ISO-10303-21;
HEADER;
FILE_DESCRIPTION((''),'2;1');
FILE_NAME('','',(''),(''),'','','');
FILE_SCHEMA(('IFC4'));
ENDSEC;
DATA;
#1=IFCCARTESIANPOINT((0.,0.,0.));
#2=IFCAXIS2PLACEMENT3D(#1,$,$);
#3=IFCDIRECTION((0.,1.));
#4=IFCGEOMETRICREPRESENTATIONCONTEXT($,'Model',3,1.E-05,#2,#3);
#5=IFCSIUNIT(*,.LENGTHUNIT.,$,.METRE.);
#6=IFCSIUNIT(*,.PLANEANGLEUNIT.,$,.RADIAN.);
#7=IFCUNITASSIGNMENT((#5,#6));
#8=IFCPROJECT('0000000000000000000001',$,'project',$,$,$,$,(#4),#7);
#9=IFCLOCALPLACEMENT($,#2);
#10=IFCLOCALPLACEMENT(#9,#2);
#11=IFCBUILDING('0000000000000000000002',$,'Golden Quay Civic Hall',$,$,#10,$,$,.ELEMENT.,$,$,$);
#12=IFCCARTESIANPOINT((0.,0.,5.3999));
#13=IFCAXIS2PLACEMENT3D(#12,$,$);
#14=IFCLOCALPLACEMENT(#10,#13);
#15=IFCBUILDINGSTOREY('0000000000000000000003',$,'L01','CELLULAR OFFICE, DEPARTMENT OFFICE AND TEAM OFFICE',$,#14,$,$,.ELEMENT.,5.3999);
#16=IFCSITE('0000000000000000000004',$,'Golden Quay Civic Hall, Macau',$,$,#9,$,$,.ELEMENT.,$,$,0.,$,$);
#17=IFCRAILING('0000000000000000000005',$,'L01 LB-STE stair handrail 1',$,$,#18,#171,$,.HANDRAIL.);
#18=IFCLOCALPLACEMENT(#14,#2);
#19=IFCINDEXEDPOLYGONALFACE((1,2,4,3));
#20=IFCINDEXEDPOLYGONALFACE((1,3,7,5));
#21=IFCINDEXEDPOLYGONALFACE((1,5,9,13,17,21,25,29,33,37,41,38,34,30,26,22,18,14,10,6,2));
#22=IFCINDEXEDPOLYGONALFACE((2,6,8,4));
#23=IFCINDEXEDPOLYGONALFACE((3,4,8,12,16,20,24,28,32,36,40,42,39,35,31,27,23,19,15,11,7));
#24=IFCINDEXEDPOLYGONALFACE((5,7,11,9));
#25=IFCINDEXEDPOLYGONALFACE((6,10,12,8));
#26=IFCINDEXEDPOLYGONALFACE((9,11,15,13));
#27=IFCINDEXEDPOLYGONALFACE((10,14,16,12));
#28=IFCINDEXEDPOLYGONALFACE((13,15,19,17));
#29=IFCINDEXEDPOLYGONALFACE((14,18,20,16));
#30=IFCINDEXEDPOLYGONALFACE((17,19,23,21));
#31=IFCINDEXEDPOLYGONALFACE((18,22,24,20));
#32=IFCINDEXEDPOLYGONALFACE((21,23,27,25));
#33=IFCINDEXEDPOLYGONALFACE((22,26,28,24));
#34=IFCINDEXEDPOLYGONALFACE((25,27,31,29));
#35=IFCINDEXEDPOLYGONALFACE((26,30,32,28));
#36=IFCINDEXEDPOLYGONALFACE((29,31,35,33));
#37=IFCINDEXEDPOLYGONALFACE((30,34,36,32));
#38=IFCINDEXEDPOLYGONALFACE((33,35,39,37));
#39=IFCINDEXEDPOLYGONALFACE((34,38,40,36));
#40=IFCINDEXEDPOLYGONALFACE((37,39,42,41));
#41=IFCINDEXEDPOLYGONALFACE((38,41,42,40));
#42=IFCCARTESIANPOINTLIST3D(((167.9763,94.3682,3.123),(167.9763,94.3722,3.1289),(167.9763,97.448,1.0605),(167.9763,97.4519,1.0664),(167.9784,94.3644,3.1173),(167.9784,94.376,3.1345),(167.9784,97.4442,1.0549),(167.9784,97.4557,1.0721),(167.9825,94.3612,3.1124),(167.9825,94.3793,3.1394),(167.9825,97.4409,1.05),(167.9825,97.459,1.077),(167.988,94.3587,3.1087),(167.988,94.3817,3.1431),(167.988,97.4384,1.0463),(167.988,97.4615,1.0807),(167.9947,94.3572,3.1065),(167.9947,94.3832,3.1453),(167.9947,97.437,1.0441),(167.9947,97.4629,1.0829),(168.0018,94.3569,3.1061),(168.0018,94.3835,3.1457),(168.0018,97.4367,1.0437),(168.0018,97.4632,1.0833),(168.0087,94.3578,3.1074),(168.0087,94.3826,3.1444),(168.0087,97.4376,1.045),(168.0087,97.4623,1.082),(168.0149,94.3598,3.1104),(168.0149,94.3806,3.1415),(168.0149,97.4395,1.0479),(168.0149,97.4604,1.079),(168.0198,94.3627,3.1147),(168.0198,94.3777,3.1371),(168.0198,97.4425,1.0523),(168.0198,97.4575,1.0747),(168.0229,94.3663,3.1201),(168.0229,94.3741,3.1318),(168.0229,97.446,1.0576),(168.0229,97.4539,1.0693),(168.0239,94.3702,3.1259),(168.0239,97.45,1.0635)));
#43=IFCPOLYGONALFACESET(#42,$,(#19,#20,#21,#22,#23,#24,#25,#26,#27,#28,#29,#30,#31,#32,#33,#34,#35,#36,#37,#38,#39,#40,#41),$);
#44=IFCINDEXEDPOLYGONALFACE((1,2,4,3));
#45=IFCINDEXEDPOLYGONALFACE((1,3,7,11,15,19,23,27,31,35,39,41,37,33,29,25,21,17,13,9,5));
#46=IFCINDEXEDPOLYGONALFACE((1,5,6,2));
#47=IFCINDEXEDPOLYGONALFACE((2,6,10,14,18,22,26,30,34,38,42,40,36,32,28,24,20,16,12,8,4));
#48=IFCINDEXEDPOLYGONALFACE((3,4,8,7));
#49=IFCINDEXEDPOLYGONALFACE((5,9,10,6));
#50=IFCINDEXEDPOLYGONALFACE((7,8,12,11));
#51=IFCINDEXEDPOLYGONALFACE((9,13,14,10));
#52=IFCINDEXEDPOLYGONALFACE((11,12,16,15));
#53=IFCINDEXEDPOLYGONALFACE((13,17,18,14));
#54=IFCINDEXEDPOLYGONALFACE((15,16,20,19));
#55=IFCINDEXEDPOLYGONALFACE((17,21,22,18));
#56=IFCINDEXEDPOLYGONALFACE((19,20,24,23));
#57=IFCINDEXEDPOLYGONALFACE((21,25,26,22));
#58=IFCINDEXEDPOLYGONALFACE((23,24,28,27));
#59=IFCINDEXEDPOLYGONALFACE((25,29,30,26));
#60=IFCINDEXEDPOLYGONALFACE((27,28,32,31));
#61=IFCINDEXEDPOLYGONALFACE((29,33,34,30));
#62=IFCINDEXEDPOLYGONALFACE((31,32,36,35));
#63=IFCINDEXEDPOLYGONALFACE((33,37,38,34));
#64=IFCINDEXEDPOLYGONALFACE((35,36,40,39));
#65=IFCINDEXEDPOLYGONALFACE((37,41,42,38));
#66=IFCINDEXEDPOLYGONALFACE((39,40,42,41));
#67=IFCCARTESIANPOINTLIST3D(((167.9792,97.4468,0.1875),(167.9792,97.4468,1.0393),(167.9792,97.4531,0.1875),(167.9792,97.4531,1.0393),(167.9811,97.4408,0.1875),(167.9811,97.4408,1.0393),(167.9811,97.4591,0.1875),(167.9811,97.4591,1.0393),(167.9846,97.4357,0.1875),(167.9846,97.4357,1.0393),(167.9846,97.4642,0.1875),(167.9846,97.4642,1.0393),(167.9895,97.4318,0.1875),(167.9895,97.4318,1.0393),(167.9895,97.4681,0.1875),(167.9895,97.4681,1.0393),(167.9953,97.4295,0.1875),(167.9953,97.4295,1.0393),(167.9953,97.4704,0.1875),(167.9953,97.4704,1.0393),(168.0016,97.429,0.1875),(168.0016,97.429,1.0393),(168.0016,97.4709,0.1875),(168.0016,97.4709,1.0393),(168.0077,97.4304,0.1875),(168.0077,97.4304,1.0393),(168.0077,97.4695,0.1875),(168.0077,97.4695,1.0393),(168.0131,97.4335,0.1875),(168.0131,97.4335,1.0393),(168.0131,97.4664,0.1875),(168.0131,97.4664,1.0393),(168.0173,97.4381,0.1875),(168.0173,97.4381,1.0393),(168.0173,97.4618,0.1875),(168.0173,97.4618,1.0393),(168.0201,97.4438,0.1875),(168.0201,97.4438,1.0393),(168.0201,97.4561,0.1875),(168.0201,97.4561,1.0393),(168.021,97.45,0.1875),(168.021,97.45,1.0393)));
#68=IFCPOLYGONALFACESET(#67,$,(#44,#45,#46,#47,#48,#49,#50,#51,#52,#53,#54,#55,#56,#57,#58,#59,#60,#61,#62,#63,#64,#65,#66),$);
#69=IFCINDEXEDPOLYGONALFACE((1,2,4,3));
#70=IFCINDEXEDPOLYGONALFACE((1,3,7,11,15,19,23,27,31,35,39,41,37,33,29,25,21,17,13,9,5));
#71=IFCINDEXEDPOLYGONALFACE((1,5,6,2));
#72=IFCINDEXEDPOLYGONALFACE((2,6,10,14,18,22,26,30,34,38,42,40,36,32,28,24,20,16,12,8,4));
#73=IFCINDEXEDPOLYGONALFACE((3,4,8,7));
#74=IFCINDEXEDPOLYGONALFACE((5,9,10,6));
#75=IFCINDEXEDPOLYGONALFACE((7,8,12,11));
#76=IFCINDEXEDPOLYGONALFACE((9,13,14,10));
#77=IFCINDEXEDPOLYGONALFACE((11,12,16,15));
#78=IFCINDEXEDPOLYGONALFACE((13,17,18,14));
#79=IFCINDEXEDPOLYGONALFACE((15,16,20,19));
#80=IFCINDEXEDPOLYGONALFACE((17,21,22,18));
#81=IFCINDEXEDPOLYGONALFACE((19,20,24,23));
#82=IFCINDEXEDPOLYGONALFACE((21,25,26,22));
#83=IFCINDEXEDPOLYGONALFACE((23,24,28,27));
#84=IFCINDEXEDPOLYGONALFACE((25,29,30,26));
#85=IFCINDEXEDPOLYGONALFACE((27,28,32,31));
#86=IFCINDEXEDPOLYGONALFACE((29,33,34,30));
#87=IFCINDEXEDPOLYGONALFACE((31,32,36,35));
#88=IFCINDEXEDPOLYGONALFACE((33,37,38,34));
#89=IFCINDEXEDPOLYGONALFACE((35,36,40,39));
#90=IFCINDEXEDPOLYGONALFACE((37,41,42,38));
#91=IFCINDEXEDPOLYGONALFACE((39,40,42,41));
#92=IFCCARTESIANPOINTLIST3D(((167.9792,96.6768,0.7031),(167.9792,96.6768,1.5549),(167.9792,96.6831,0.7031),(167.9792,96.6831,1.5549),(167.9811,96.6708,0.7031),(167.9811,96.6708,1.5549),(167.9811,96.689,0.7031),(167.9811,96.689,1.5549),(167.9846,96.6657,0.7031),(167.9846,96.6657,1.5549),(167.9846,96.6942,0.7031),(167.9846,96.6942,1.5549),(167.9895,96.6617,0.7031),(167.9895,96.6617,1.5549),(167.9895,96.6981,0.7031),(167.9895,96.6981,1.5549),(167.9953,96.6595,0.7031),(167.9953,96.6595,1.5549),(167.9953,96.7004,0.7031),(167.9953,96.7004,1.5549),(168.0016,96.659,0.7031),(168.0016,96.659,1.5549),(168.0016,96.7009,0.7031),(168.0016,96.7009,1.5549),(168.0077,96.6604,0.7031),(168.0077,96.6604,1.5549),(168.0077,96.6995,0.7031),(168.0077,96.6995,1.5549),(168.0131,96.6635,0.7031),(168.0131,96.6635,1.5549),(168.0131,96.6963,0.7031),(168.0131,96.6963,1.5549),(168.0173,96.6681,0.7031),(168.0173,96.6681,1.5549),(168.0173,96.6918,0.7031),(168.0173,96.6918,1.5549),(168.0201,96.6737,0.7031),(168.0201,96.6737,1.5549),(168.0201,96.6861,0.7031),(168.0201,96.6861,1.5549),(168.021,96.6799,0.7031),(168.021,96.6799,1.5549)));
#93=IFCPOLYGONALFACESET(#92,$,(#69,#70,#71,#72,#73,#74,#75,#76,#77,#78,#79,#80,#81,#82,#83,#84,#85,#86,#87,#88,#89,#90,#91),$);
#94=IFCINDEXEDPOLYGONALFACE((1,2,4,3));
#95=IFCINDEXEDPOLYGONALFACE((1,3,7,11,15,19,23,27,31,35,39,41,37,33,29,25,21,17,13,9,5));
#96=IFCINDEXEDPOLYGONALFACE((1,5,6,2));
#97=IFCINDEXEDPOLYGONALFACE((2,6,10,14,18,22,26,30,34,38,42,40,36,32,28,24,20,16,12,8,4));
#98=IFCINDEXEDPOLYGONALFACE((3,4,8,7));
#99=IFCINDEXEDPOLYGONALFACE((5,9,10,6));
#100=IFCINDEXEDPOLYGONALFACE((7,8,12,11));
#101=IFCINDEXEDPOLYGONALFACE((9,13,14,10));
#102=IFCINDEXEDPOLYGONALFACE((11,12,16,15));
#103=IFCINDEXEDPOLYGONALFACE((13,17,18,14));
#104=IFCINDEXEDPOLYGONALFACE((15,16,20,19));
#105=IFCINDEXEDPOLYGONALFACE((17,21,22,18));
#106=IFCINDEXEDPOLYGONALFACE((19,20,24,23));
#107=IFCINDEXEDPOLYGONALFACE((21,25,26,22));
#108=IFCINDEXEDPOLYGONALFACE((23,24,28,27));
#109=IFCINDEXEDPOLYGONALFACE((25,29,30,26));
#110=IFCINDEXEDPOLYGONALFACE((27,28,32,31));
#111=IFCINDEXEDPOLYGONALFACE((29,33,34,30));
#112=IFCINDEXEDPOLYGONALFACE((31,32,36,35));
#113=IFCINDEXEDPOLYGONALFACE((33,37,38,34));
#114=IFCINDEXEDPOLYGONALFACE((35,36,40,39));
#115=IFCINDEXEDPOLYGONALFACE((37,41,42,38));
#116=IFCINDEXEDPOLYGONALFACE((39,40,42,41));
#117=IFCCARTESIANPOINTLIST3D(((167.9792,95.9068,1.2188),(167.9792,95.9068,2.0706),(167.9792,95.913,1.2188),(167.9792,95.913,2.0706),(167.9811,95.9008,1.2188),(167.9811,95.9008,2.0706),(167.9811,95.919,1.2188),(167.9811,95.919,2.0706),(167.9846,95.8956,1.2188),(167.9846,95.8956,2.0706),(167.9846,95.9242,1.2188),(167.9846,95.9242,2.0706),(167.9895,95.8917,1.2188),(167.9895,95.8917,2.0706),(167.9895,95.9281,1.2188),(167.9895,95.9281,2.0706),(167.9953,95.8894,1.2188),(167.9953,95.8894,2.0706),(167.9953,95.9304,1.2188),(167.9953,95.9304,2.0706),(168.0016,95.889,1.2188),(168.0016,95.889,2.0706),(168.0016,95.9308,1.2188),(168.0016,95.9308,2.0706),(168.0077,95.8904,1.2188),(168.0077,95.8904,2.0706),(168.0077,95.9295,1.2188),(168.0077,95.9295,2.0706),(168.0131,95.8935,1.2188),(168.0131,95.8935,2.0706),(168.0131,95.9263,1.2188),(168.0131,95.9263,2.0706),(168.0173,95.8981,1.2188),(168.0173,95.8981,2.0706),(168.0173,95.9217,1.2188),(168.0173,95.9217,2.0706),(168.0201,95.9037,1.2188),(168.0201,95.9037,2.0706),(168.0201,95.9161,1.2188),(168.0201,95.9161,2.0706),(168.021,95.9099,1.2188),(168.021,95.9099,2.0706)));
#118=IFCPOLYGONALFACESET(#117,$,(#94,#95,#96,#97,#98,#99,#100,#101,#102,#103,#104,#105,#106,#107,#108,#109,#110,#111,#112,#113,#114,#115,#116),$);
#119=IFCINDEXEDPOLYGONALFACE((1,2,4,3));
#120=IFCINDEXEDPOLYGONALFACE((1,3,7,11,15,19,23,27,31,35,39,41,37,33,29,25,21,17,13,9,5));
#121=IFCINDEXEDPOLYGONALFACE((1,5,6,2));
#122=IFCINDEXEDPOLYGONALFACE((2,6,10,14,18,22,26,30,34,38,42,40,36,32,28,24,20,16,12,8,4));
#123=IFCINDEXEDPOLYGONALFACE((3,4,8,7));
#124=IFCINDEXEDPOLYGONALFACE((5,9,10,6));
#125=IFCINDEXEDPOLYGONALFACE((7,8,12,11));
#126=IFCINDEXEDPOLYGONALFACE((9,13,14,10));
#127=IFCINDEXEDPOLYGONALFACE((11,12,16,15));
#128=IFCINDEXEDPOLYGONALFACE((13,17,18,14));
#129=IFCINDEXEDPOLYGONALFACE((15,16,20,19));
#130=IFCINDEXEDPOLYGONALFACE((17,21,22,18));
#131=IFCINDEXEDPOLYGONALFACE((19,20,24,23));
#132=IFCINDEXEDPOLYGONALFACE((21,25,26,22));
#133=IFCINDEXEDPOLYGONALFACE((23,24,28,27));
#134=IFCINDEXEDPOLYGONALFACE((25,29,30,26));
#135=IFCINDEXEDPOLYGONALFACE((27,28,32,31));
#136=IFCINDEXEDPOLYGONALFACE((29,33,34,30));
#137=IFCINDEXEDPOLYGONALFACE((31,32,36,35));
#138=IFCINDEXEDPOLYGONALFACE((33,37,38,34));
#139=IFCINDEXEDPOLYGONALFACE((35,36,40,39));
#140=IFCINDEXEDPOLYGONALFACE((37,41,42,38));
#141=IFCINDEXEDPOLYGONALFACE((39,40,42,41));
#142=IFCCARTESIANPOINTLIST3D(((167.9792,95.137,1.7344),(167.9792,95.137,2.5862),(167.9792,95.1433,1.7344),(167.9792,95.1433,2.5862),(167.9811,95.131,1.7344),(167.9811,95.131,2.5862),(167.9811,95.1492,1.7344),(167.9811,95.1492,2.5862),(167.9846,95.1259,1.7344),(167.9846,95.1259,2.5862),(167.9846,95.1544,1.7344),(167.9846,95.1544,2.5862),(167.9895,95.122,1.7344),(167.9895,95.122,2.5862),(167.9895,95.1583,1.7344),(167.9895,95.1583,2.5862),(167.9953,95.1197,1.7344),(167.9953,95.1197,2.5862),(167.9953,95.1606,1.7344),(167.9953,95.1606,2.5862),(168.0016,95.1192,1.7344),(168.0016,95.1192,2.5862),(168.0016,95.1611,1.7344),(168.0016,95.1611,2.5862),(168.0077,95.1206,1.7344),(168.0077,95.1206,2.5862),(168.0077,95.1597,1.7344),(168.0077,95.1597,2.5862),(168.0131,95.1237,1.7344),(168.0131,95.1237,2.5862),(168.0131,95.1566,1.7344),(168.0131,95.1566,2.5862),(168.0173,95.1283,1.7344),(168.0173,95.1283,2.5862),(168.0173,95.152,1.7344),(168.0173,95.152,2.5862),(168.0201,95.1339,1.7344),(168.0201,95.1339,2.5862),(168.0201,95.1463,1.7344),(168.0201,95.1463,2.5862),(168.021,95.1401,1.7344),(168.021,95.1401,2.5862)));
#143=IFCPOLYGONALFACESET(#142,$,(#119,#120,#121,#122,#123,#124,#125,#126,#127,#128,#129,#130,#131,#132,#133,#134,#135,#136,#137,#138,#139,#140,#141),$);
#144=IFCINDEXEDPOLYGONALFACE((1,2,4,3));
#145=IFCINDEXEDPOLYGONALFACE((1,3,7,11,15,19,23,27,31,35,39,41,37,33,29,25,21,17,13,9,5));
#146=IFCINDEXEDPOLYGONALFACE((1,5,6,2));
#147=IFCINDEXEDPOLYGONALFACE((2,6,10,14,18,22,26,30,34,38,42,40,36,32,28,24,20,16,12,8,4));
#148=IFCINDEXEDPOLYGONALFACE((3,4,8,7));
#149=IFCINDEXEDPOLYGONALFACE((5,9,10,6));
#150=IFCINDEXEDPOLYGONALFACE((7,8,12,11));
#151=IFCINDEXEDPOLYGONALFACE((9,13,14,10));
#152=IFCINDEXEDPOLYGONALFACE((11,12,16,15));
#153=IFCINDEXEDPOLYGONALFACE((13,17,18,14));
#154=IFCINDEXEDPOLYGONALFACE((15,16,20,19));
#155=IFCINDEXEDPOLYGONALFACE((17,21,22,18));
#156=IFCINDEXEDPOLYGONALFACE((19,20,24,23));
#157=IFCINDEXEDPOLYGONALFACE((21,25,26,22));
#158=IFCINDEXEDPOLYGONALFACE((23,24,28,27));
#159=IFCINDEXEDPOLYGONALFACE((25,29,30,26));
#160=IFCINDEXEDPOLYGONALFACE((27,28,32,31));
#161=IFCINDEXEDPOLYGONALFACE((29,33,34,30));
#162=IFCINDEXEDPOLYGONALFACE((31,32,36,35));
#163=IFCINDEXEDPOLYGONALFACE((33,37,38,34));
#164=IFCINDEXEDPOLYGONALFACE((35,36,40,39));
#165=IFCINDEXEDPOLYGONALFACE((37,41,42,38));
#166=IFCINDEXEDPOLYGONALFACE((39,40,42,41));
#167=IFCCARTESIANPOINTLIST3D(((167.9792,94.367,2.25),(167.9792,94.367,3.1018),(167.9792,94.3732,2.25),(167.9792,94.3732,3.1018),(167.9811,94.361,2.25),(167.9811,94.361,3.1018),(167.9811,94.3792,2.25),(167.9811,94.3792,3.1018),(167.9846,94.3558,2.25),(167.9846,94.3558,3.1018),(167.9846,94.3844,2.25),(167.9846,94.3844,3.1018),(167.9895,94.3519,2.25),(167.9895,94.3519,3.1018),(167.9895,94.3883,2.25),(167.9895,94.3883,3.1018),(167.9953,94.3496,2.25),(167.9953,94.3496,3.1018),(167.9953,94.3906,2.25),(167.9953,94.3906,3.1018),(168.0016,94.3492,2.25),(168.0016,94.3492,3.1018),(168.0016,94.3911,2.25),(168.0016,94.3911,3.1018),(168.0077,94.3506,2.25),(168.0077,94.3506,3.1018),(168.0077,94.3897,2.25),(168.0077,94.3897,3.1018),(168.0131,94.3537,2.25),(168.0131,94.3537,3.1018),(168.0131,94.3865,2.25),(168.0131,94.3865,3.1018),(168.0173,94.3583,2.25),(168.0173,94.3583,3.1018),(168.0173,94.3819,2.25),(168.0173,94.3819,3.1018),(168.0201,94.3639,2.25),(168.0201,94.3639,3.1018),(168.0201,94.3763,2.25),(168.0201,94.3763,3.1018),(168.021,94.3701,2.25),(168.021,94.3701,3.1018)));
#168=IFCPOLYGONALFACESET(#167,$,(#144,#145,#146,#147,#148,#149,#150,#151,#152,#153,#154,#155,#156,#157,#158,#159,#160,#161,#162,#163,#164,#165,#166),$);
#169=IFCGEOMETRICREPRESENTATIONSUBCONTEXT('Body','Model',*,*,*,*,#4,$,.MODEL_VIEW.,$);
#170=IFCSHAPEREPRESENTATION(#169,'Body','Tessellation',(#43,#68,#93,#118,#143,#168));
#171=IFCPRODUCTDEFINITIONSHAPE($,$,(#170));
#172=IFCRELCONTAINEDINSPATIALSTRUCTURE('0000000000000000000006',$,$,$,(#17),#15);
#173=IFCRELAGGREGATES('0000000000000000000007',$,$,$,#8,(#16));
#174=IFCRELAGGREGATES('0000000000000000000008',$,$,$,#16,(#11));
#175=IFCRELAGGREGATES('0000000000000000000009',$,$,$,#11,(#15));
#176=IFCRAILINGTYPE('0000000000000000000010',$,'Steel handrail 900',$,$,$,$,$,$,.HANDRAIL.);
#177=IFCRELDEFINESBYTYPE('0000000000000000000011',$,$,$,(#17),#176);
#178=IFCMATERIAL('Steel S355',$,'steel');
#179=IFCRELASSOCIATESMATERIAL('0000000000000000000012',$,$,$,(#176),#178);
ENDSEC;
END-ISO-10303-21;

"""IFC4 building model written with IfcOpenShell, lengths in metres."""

from ifc_helpers import new_model, si_unit, direction, frame, origin, origin_2d, place, context, subcontext, project, spatial, circle, extrude, material, type_object, element, save


model = new_model("IFC4")

# Units and contexts
model_context = context("Model", 3, precision=1e-05, world=origin(), true_north=direction((0.0, 1.0)))
body_context = subcontext(model_context, "Body", "Model", "MODEL_VIEW")
ifc_project = project(units=[si_unit("LENGTHUNIT", "METRE"), si_unit("PLANEANGLEUNIT", "RADIAN")], contexts=[model_context])

# Site, building, storey
site_placement = place(None, origin())
site = spatial("IfcSite", under=ifc_project, at=site_placement, Name="Golden Quay Civic Hall, Macau", CompositionType="ELEMENT", RefElevation=0.0)
building_placement = place(site_placement, origin())
building = spatial("IfcBuilding", under=site, at=building_placement, Name="Golden Quay Civic Hall", CompositionType="ELEMENT")
storey_placement = place(building_placement, frame((0.0, 0.0, 5.3999)))
storey = spatial("IfcBuildingStorey", under=building, at=storey_placement, Name="L01", Description="CELLULAR OFFICE, DEPARTMENT OFFICE AND TEAM OFFICE", CompositionType="ELEMENT", Elevation=5.3999)

# Railing
ifc_material_1 = material(Name="Steel S355", Category="steel")
railing_type_1 = type_object("IfcRailingType", Name="Steel handrail 900", PredefinedType="HANDRAIL", material=ifc_material_1)
railing_1_placement = place(storey_placement, frame((168.0, 97.45, 0.1875)))
element("IfcRailing", 1, at=railing_1_placement, inside=storey, type_object=railing_type_1, Name="L01 LB-STE stair handrail 1", PredefinedType="HANDRAIL", context=body_context, shape_type="SweptSolid", body=[
    extrude(circle(Radius=0.0239, at=origin_2d()), frame((0.0, 0.0, 0.876), z_axis=(0.0, -0.830893, 0.556432), x_axis=(1.0, 0.0, 0.0)), (0.0, 0.0, 1.0), 3.7065),
    extrude(circle(Radius=0.021, at=origin_2d()), origin(), (0.0, 0.0, 1.0), 0.8518),
    extrude(circle(Radius=0.021, at=origin_2d()), frame((0.0, -0.77, 0.5156)), (0.0, 0.0, 1.0), 0.8518),
    extrude(circle(Radius=0.021, at=origin_2d()), frame((0.0, -1.54, 1.0312)), (0.0, 0.0, 1.0), 0.8518),
    extrude(circle(Radius=0.021, at=origin_2d()), frame((0.0, -2.3098, 1.5469)), (0.0, 0.0, 1.0), 0.8518),
    extrude(circle(Radius=0.021, at=origin_2d()), frame((0.0, -3.0798, 2.0625)), (0.0, 0.0, 1.0), 0.8518),
])

save(model, "model.ifc")
